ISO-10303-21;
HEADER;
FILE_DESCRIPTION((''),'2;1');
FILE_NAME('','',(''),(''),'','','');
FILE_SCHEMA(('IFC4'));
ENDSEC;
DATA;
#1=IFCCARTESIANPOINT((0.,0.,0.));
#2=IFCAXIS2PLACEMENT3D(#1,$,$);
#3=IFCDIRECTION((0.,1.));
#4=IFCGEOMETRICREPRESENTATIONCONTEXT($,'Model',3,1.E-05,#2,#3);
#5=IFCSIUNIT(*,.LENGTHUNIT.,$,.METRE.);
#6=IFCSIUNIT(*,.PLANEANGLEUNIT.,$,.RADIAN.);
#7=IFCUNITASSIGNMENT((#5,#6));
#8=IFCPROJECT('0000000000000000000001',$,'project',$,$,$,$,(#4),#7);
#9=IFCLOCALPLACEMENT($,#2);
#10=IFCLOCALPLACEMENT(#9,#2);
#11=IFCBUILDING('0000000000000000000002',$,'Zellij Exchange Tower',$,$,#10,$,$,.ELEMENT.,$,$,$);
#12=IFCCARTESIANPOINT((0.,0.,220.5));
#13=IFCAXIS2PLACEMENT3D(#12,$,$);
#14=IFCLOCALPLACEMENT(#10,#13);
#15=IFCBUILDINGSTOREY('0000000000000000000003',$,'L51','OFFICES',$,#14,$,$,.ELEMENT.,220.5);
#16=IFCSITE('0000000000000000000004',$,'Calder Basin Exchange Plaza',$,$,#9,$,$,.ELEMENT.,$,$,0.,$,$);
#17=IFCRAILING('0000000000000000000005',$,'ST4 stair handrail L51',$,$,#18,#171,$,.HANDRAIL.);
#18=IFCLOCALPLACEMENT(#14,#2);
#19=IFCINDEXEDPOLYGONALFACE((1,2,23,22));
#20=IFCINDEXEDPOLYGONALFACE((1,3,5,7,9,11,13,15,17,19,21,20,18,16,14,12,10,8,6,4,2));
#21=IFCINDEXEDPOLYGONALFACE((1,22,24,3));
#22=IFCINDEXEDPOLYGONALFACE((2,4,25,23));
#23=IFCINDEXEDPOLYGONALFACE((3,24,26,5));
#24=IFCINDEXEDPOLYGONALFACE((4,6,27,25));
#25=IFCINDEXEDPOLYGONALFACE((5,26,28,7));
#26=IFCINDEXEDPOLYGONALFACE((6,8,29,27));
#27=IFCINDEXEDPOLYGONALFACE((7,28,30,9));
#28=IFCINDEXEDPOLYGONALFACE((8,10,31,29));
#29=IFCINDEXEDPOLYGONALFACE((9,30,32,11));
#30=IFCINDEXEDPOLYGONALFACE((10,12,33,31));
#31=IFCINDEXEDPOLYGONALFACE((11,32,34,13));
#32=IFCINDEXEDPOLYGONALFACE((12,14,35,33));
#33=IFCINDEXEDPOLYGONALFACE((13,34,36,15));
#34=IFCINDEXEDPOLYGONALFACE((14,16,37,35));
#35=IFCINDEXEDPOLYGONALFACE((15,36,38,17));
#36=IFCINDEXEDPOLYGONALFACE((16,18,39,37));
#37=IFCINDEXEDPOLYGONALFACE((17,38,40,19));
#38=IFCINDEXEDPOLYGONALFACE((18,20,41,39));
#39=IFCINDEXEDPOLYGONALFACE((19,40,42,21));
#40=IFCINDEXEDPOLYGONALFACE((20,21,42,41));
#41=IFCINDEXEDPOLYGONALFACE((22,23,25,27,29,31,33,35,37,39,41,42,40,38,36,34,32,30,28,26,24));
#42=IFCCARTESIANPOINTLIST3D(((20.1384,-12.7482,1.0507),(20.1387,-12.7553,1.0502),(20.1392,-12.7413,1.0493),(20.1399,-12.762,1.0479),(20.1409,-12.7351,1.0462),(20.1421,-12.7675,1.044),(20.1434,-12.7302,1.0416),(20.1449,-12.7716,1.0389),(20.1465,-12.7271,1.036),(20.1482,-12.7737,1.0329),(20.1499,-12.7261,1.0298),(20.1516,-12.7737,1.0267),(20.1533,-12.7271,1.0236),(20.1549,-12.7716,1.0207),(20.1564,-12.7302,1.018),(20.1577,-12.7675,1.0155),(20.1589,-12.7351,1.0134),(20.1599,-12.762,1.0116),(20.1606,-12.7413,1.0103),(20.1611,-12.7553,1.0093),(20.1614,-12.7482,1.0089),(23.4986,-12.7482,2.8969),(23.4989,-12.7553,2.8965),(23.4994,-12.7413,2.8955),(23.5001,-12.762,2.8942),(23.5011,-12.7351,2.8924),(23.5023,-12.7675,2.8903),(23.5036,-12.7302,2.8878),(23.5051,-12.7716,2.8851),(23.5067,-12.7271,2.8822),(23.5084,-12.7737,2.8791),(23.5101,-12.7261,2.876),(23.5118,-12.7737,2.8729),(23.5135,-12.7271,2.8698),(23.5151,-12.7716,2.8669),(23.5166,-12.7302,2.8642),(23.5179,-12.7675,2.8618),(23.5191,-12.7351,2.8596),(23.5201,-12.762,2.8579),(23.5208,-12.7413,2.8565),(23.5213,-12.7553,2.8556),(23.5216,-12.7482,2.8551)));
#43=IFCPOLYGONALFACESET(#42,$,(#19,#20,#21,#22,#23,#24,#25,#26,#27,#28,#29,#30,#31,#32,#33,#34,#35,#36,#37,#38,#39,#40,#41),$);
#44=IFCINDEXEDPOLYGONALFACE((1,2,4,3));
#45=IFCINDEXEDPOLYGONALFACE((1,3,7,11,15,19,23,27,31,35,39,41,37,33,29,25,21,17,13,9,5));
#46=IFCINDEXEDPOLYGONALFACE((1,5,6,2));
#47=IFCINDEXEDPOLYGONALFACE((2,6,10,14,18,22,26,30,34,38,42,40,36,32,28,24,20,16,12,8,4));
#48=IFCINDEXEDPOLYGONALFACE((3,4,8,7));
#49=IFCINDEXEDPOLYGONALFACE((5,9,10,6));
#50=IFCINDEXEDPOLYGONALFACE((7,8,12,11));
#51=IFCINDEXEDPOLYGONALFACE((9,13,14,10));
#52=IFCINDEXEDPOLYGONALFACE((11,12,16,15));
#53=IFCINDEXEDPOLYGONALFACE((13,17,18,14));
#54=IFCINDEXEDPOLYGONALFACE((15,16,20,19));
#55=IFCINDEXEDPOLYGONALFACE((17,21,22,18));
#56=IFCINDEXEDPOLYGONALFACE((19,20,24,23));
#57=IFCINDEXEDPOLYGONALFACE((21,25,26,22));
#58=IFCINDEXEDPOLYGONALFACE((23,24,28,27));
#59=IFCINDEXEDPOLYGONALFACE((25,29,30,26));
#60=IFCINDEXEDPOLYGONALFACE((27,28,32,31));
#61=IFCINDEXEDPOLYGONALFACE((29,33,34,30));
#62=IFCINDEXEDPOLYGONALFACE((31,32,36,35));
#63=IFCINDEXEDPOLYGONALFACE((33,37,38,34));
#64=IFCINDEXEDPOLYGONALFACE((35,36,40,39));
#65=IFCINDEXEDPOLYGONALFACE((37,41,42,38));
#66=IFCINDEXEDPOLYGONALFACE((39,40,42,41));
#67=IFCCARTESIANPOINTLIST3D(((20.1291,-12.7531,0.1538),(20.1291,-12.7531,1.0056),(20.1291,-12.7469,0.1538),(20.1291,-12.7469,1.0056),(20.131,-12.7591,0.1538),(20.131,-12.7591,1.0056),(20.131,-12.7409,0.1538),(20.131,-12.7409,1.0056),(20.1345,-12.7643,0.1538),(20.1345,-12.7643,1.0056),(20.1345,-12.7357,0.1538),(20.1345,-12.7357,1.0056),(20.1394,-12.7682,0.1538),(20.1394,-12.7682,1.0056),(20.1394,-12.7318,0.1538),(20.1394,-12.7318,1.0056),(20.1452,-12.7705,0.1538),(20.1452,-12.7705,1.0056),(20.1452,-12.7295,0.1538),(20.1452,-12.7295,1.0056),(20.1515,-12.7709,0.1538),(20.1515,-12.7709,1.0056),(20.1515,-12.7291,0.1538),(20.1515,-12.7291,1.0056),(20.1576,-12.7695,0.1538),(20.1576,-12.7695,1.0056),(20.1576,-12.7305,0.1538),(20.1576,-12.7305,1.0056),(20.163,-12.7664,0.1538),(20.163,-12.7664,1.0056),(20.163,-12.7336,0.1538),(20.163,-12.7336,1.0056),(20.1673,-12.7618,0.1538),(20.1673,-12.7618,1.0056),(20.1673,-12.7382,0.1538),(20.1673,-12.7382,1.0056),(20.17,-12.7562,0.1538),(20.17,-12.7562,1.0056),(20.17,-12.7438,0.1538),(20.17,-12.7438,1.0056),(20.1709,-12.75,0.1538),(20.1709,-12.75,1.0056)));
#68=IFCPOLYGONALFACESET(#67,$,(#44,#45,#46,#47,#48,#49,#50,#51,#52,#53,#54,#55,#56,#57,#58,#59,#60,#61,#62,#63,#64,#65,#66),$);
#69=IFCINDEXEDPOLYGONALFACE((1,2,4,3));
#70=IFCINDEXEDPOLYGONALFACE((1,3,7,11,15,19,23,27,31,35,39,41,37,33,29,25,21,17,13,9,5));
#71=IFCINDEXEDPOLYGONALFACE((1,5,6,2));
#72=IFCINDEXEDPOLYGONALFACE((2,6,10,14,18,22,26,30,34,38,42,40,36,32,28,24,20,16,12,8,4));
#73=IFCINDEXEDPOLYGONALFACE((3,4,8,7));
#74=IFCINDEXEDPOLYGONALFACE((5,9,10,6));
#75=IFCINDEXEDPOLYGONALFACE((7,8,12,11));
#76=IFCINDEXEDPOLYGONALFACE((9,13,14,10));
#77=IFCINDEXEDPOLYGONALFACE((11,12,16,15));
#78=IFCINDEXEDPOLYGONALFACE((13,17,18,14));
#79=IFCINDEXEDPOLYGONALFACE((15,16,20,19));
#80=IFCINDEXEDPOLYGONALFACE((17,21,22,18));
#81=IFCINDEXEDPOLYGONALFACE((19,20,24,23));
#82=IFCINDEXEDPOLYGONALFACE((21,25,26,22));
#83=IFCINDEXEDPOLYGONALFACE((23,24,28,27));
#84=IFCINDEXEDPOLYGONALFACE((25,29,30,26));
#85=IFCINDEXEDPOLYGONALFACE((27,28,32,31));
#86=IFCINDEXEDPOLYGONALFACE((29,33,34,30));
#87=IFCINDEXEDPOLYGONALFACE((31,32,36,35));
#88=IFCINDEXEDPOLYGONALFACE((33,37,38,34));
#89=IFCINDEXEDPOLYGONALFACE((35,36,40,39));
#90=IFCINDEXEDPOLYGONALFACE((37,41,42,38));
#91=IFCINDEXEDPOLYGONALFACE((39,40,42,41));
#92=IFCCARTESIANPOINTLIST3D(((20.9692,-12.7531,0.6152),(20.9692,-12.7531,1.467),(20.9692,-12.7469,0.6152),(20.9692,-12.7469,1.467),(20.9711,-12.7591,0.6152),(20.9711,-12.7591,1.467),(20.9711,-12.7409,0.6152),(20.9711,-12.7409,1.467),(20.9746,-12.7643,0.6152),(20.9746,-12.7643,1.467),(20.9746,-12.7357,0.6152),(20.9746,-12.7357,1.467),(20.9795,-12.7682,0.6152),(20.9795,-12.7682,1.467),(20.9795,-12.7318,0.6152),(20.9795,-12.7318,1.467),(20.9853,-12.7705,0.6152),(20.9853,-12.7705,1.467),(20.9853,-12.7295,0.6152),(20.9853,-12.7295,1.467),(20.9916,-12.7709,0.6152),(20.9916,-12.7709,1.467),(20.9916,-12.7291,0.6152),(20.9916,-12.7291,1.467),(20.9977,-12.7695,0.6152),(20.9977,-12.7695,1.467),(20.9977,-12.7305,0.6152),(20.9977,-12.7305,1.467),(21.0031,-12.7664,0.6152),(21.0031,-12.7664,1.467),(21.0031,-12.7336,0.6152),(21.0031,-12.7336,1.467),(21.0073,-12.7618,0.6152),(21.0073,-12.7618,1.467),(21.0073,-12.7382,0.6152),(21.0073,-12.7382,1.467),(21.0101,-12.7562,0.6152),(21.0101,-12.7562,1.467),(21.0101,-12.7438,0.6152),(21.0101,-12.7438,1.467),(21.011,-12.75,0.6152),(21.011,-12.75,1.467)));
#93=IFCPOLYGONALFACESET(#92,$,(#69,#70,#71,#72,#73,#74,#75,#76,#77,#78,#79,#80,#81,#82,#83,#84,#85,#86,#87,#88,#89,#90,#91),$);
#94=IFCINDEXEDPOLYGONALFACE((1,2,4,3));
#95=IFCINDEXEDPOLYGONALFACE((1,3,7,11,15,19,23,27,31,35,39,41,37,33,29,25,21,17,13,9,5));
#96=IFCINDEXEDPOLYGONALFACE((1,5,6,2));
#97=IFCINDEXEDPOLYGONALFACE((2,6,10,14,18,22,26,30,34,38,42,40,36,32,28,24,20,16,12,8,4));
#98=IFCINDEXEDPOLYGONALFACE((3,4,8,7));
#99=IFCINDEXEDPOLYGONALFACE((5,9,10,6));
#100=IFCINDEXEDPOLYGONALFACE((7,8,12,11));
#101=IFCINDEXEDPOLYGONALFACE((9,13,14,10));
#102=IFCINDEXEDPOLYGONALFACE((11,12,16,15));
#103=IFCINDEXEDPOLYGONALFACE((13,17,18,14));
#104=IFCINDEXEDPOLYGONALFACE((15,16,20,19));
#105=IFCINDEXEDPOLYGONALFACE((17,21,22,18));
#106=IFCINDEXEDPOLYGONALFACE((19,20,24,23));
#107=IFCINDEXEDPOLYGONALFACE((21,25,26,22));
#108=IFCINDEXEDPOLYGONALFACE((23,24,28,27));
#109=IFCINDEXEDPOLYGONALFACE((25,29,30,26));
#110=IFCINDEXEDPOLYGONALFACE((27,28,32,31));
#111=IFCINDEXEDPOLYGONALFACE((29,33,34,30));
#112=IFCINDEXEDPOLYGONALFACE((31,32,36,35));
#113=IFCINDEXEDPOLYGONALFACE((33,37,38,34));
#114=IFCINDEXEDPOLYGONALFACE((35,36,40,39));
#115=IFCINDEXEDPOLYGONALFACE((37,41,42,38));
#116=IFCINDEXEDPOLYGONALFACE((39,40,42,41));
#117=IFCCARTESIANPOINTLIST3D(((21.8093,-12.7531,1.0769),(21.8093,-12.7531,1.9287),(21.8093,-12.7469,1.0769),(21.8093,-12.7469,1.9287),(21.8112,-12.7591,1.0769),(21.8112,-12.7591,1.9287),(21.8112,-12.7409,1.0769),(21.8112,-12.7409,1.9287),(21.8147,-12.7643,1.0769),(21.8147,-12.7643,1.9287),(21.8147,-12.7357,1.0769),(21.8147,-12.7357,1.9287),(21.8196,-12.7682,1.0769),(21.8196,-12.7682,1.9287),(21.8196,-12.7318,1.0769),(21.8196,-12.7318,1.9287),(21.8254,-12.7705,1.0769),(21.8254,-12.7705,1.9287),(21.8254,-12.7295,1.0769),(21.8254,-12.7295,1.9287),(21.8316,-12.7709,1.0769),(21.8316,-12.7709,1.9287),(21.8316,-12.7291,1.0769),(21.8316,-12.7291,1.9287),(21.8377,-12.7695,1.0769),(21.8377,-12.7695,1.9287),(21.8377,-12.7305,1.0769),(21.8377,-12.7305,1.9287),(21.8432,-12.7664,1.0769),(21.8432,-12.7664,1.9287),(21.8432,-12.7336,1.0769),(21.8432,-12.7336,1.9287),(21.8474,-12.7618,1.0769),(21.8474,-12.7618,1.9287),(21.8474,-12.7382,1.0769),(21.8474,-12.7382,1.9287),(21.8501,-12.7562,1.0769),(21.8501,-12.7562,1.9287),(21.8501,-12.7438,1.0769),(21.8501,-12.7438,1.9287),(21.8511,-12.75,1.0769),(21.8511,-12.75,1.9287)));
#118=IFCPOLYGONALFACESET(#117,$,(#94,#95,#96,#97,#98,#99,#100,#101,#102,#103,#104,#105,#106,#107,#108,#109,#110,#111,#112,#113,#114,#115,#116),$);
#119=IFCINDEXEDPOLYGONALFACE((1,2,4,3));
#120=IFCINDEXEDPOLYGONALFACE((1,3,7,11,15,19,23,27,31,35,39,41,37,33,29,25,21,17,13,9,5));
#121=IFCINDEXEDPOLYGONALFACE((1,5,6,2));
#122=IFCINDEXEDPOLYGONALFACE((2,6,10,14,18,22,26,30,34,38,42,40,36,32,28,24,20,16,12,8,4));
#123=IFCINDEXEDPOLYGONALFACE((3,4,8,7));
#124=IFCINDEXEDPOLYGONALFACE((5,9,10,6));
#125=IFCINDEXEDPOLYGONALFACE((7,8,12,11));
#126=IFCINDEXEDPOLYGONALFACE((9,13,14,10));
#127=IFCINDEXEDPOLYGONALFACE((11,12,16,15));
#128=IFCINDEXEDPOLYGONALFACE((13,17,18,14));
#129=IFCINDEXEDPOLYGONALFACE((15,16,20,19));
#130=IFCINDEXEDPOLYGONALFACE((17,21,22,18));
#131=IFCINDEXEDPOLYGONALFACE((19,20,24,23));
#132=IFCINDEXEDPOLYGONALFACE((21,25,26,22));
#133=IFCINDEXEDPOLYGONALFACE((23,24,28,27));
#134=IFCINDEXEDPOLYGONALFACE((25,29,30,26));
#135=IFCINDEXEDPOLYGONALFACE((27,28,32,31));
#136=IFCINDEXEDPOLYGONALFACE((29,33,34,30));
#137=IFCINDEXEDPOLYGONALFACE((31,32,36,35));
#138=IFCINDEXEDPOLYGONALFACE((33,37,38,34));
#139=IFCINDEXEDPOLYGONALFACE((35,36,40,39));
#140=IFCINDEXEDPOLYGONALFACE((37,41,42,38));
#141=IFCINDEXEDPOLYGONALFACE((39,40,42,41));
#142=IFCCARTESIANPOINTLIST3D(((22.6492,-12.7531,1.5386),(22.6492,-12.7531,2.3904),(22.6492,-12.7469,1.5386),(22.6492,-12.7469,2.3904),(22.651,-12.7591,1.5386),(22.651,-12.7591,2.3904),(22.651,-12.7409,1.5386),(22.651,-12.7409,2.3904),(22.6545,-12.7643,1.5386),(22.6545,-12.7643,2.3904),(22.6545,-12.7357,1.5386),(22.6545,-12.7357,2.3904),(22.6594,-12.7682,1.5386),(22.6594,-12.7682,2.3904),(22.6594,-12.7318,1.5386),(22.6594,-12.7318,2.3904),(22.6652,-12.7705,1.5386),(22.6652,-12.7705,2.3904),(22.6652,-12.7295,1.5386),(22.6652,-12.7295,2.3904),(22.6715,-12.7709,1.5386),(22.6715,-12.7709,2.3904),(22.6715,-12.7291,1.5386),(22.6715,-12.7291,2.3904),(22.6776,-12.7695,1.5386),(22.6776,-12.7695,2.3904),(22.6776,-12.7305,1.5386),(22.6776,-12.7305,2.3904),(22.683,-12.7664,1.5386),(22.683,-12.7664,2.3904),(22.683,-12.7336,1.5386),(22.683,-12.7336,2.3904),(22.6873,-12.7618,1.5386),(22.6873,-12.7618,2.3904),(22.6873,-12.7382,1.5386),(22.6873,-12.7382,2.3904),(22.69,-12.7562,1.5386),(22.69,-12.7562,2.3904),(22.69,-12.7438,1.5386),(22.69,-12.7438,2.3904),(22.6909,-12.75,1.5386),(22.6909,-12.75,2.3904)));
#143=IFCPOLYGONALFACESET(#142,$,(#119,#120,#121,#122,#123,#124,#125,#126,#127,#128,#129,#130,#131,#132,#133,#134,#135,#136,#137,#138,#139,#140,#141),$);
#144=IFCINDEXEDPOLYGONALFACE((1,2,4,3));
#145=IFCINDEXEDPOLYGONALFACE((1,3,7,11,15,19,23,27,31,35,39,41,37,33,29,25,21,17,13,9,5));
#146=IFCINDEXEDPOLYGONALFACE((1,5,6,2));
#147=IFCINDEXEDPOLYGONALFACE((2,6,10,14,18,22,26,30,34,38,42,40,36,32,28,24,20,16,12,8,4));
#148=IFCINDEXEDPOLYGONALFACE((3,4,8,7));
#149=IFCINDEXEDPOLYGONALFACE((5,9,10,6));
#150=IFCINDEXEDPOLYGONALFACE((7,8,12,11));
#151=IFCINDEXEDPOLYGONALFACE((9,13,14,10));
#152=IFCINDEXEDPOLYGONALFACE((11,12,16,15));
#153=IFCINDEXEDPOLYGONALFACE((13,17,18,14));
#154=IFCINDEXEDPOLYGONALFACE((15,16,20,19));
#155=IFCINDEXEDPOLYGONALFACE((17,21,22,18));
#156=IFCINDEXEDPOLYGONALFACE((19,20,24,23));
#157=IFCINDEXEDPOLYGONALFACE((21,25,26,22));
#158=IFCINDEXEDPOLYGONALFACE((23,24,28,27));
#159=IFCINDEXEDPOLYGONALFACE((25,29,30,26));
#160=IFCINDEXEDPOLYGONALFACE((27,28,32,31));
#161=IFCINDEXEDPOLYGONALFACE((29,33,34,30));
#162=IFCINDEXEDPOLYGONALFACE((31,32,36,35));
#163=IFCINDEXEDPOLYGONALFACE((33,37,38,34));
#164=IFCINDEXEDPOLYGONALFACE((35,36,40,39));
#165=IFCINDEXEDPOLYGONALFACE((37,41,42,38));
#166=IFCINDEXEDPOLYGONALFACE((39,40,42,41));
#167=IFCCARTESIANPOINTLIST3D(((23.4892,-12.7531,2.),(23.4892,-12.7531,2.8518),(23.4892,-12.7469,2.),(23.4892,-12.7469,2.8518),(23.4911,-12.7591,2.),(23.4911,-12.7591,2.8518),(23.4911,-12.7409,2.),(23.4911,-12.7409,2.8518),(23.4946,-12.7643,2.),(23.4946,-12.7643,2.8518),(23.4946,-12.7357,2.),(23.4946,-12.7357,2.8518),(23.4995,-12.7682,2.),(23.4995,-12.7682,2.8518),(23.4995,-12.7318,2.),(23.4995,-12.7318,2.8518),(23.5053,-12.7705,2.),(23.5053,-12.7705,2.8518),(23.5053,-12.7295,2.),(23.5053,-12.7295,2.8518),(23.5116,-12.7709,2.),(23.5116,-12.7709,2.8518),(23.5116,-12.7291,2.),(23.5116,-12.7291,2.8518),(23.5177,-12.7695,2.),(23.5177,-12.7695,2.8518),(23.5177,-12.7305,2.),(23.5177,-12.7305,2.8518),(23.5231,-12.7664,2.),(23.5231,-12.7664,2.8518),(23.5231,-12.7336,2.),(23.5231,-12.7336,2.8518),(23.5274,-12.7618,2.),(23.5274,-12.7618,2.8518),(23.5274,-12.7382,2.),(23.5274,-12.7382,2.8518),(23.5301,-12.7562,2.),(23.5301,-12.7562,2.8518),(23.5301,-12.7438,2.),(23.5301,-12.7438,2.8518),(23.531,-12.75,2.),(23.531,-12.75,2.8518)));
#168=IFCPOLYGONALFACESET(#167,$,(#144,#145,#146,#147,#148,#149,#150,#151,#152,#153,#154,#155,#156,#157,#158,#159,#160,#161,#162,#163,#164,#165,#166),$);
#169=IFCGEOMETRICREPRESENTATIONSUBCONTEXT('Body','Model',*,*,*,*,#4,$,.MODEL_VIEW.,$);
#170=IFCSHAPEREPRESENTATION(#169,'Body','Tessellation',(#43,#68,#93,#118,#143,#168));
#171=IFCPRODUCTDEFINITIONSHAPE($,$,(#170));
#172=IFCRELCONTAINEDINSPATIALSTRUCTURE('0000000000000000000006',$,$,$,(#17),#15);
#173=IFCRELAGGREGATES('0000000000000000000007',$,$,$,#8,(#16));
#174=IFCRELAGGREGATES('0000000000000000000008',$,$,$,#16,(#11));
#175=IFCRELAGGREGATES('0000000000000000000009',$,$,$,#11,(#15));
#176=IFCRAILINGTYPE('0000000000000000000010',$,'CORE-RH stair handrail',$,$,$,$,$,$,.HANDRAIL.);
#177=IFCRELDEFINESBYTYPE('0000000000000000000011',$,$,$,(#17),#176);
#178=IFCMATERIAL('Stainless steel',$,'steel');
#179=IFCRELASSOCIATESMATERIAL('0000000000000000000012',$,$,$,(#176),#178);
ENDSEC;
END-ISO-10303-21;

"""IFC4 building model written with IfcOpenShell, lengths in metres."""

from ifc_helpers import new_model, si_unit, direction, frame, origin, origin_2d, place, context, subcontext, project, spatial, circle, extrude, material, type_object, element, save


model = new_model("IFC4")

# Units and contexts
model_context = context("Model", 3, precision=1e-05, world=origin(), true_north=direction((0.0, 1.0)))
body_context = subcontext(model_context, "Body", "Model", "MODEL_VIEW")
ifc_project = project(units=[si_unit("LENGTHUNIT", "METRE"), si_unit("PLANEANGLEUNIT", "RADIAN")], contexts=[model_context])

# Site, building, storey
site_placement = place(None, origin())
site = spatial("IfcSite", under=ifc_project, at=site_placement, Name="Calder Basin Exchange Plaza", CompositionType="ELEMENT", RefElevation=0.0)
building_placement = place(site_placement, origin())
building = spatial("IfcBuilding", under=site, at=building_placement, Name="Zellij Exchange Tower", CompositionType="ELEMENT")
storey_placement = place(building_placement, frame((0.0, 0.0, 220.5)))
storey = spatial("IfcBuildingStorey", under=building, at=storey_placement, Name="L51", Description="OFFICES", CompositionType="ELEMENT", Elevation=220.5)

# Railing
ifc_material_1 = material(Name="Stainless steel", Category="steel")
railing_type_1 = type_object("IfcRailingType", Name="CORE-RH stair handrail", PredefinedType="HANDRAIL", material=ifc_material_1)
railing_1_placement = place(storey_placement, frame((20.1499, -12.75, 0.1538)))
element("IfcRailing", 1, at=railing_1_placement, inside=storey, type_object=railing_type_1, Name="ST4 stair handrail L51", PredefinedType="HANDRAIL", context=body_context, shape_type="SweptSolid", body=[
    extrude(circle(Radius=0.0239, at=origin_2d()), frame((0.0, 0.0, 0.876), z_axis=(0.876422, 0.0, 0.481545), x_axis=(0.0, 1.0, 0.0)), (0.0, 0.0, 1.0), 3.834),
    extrude(circle(Radius=0.021, at=origin_2d()), origin(), (0.0, 0.0, 1.0), 0.8518),
    extrude(circle(Radius=0.021, at=origin_2d()), frame((0.8401, 0.0, 0.4614)), (0.0, 0.0, 1.0), 0.8518),
    extrude(circle(Radius=0.021, at=origin_2d()), frame((1.6802, 0.0, 0.9231)), (0.0, 0.0, 1.0), 0.8518),
    extrude(circle(Radius=0.021, at=origin_2d()), frame((2.52, 0.0, 1.3848)), (0.0, 0.0, 1.0), 0.8518),
    extrude(circle(Radius=0.021, at=origin_2d()), frame((3.3601, 0.0, 1.8462)), (0.0, 0.0, 1.0), 0.8518),
])

save(model, "model.ifc")
